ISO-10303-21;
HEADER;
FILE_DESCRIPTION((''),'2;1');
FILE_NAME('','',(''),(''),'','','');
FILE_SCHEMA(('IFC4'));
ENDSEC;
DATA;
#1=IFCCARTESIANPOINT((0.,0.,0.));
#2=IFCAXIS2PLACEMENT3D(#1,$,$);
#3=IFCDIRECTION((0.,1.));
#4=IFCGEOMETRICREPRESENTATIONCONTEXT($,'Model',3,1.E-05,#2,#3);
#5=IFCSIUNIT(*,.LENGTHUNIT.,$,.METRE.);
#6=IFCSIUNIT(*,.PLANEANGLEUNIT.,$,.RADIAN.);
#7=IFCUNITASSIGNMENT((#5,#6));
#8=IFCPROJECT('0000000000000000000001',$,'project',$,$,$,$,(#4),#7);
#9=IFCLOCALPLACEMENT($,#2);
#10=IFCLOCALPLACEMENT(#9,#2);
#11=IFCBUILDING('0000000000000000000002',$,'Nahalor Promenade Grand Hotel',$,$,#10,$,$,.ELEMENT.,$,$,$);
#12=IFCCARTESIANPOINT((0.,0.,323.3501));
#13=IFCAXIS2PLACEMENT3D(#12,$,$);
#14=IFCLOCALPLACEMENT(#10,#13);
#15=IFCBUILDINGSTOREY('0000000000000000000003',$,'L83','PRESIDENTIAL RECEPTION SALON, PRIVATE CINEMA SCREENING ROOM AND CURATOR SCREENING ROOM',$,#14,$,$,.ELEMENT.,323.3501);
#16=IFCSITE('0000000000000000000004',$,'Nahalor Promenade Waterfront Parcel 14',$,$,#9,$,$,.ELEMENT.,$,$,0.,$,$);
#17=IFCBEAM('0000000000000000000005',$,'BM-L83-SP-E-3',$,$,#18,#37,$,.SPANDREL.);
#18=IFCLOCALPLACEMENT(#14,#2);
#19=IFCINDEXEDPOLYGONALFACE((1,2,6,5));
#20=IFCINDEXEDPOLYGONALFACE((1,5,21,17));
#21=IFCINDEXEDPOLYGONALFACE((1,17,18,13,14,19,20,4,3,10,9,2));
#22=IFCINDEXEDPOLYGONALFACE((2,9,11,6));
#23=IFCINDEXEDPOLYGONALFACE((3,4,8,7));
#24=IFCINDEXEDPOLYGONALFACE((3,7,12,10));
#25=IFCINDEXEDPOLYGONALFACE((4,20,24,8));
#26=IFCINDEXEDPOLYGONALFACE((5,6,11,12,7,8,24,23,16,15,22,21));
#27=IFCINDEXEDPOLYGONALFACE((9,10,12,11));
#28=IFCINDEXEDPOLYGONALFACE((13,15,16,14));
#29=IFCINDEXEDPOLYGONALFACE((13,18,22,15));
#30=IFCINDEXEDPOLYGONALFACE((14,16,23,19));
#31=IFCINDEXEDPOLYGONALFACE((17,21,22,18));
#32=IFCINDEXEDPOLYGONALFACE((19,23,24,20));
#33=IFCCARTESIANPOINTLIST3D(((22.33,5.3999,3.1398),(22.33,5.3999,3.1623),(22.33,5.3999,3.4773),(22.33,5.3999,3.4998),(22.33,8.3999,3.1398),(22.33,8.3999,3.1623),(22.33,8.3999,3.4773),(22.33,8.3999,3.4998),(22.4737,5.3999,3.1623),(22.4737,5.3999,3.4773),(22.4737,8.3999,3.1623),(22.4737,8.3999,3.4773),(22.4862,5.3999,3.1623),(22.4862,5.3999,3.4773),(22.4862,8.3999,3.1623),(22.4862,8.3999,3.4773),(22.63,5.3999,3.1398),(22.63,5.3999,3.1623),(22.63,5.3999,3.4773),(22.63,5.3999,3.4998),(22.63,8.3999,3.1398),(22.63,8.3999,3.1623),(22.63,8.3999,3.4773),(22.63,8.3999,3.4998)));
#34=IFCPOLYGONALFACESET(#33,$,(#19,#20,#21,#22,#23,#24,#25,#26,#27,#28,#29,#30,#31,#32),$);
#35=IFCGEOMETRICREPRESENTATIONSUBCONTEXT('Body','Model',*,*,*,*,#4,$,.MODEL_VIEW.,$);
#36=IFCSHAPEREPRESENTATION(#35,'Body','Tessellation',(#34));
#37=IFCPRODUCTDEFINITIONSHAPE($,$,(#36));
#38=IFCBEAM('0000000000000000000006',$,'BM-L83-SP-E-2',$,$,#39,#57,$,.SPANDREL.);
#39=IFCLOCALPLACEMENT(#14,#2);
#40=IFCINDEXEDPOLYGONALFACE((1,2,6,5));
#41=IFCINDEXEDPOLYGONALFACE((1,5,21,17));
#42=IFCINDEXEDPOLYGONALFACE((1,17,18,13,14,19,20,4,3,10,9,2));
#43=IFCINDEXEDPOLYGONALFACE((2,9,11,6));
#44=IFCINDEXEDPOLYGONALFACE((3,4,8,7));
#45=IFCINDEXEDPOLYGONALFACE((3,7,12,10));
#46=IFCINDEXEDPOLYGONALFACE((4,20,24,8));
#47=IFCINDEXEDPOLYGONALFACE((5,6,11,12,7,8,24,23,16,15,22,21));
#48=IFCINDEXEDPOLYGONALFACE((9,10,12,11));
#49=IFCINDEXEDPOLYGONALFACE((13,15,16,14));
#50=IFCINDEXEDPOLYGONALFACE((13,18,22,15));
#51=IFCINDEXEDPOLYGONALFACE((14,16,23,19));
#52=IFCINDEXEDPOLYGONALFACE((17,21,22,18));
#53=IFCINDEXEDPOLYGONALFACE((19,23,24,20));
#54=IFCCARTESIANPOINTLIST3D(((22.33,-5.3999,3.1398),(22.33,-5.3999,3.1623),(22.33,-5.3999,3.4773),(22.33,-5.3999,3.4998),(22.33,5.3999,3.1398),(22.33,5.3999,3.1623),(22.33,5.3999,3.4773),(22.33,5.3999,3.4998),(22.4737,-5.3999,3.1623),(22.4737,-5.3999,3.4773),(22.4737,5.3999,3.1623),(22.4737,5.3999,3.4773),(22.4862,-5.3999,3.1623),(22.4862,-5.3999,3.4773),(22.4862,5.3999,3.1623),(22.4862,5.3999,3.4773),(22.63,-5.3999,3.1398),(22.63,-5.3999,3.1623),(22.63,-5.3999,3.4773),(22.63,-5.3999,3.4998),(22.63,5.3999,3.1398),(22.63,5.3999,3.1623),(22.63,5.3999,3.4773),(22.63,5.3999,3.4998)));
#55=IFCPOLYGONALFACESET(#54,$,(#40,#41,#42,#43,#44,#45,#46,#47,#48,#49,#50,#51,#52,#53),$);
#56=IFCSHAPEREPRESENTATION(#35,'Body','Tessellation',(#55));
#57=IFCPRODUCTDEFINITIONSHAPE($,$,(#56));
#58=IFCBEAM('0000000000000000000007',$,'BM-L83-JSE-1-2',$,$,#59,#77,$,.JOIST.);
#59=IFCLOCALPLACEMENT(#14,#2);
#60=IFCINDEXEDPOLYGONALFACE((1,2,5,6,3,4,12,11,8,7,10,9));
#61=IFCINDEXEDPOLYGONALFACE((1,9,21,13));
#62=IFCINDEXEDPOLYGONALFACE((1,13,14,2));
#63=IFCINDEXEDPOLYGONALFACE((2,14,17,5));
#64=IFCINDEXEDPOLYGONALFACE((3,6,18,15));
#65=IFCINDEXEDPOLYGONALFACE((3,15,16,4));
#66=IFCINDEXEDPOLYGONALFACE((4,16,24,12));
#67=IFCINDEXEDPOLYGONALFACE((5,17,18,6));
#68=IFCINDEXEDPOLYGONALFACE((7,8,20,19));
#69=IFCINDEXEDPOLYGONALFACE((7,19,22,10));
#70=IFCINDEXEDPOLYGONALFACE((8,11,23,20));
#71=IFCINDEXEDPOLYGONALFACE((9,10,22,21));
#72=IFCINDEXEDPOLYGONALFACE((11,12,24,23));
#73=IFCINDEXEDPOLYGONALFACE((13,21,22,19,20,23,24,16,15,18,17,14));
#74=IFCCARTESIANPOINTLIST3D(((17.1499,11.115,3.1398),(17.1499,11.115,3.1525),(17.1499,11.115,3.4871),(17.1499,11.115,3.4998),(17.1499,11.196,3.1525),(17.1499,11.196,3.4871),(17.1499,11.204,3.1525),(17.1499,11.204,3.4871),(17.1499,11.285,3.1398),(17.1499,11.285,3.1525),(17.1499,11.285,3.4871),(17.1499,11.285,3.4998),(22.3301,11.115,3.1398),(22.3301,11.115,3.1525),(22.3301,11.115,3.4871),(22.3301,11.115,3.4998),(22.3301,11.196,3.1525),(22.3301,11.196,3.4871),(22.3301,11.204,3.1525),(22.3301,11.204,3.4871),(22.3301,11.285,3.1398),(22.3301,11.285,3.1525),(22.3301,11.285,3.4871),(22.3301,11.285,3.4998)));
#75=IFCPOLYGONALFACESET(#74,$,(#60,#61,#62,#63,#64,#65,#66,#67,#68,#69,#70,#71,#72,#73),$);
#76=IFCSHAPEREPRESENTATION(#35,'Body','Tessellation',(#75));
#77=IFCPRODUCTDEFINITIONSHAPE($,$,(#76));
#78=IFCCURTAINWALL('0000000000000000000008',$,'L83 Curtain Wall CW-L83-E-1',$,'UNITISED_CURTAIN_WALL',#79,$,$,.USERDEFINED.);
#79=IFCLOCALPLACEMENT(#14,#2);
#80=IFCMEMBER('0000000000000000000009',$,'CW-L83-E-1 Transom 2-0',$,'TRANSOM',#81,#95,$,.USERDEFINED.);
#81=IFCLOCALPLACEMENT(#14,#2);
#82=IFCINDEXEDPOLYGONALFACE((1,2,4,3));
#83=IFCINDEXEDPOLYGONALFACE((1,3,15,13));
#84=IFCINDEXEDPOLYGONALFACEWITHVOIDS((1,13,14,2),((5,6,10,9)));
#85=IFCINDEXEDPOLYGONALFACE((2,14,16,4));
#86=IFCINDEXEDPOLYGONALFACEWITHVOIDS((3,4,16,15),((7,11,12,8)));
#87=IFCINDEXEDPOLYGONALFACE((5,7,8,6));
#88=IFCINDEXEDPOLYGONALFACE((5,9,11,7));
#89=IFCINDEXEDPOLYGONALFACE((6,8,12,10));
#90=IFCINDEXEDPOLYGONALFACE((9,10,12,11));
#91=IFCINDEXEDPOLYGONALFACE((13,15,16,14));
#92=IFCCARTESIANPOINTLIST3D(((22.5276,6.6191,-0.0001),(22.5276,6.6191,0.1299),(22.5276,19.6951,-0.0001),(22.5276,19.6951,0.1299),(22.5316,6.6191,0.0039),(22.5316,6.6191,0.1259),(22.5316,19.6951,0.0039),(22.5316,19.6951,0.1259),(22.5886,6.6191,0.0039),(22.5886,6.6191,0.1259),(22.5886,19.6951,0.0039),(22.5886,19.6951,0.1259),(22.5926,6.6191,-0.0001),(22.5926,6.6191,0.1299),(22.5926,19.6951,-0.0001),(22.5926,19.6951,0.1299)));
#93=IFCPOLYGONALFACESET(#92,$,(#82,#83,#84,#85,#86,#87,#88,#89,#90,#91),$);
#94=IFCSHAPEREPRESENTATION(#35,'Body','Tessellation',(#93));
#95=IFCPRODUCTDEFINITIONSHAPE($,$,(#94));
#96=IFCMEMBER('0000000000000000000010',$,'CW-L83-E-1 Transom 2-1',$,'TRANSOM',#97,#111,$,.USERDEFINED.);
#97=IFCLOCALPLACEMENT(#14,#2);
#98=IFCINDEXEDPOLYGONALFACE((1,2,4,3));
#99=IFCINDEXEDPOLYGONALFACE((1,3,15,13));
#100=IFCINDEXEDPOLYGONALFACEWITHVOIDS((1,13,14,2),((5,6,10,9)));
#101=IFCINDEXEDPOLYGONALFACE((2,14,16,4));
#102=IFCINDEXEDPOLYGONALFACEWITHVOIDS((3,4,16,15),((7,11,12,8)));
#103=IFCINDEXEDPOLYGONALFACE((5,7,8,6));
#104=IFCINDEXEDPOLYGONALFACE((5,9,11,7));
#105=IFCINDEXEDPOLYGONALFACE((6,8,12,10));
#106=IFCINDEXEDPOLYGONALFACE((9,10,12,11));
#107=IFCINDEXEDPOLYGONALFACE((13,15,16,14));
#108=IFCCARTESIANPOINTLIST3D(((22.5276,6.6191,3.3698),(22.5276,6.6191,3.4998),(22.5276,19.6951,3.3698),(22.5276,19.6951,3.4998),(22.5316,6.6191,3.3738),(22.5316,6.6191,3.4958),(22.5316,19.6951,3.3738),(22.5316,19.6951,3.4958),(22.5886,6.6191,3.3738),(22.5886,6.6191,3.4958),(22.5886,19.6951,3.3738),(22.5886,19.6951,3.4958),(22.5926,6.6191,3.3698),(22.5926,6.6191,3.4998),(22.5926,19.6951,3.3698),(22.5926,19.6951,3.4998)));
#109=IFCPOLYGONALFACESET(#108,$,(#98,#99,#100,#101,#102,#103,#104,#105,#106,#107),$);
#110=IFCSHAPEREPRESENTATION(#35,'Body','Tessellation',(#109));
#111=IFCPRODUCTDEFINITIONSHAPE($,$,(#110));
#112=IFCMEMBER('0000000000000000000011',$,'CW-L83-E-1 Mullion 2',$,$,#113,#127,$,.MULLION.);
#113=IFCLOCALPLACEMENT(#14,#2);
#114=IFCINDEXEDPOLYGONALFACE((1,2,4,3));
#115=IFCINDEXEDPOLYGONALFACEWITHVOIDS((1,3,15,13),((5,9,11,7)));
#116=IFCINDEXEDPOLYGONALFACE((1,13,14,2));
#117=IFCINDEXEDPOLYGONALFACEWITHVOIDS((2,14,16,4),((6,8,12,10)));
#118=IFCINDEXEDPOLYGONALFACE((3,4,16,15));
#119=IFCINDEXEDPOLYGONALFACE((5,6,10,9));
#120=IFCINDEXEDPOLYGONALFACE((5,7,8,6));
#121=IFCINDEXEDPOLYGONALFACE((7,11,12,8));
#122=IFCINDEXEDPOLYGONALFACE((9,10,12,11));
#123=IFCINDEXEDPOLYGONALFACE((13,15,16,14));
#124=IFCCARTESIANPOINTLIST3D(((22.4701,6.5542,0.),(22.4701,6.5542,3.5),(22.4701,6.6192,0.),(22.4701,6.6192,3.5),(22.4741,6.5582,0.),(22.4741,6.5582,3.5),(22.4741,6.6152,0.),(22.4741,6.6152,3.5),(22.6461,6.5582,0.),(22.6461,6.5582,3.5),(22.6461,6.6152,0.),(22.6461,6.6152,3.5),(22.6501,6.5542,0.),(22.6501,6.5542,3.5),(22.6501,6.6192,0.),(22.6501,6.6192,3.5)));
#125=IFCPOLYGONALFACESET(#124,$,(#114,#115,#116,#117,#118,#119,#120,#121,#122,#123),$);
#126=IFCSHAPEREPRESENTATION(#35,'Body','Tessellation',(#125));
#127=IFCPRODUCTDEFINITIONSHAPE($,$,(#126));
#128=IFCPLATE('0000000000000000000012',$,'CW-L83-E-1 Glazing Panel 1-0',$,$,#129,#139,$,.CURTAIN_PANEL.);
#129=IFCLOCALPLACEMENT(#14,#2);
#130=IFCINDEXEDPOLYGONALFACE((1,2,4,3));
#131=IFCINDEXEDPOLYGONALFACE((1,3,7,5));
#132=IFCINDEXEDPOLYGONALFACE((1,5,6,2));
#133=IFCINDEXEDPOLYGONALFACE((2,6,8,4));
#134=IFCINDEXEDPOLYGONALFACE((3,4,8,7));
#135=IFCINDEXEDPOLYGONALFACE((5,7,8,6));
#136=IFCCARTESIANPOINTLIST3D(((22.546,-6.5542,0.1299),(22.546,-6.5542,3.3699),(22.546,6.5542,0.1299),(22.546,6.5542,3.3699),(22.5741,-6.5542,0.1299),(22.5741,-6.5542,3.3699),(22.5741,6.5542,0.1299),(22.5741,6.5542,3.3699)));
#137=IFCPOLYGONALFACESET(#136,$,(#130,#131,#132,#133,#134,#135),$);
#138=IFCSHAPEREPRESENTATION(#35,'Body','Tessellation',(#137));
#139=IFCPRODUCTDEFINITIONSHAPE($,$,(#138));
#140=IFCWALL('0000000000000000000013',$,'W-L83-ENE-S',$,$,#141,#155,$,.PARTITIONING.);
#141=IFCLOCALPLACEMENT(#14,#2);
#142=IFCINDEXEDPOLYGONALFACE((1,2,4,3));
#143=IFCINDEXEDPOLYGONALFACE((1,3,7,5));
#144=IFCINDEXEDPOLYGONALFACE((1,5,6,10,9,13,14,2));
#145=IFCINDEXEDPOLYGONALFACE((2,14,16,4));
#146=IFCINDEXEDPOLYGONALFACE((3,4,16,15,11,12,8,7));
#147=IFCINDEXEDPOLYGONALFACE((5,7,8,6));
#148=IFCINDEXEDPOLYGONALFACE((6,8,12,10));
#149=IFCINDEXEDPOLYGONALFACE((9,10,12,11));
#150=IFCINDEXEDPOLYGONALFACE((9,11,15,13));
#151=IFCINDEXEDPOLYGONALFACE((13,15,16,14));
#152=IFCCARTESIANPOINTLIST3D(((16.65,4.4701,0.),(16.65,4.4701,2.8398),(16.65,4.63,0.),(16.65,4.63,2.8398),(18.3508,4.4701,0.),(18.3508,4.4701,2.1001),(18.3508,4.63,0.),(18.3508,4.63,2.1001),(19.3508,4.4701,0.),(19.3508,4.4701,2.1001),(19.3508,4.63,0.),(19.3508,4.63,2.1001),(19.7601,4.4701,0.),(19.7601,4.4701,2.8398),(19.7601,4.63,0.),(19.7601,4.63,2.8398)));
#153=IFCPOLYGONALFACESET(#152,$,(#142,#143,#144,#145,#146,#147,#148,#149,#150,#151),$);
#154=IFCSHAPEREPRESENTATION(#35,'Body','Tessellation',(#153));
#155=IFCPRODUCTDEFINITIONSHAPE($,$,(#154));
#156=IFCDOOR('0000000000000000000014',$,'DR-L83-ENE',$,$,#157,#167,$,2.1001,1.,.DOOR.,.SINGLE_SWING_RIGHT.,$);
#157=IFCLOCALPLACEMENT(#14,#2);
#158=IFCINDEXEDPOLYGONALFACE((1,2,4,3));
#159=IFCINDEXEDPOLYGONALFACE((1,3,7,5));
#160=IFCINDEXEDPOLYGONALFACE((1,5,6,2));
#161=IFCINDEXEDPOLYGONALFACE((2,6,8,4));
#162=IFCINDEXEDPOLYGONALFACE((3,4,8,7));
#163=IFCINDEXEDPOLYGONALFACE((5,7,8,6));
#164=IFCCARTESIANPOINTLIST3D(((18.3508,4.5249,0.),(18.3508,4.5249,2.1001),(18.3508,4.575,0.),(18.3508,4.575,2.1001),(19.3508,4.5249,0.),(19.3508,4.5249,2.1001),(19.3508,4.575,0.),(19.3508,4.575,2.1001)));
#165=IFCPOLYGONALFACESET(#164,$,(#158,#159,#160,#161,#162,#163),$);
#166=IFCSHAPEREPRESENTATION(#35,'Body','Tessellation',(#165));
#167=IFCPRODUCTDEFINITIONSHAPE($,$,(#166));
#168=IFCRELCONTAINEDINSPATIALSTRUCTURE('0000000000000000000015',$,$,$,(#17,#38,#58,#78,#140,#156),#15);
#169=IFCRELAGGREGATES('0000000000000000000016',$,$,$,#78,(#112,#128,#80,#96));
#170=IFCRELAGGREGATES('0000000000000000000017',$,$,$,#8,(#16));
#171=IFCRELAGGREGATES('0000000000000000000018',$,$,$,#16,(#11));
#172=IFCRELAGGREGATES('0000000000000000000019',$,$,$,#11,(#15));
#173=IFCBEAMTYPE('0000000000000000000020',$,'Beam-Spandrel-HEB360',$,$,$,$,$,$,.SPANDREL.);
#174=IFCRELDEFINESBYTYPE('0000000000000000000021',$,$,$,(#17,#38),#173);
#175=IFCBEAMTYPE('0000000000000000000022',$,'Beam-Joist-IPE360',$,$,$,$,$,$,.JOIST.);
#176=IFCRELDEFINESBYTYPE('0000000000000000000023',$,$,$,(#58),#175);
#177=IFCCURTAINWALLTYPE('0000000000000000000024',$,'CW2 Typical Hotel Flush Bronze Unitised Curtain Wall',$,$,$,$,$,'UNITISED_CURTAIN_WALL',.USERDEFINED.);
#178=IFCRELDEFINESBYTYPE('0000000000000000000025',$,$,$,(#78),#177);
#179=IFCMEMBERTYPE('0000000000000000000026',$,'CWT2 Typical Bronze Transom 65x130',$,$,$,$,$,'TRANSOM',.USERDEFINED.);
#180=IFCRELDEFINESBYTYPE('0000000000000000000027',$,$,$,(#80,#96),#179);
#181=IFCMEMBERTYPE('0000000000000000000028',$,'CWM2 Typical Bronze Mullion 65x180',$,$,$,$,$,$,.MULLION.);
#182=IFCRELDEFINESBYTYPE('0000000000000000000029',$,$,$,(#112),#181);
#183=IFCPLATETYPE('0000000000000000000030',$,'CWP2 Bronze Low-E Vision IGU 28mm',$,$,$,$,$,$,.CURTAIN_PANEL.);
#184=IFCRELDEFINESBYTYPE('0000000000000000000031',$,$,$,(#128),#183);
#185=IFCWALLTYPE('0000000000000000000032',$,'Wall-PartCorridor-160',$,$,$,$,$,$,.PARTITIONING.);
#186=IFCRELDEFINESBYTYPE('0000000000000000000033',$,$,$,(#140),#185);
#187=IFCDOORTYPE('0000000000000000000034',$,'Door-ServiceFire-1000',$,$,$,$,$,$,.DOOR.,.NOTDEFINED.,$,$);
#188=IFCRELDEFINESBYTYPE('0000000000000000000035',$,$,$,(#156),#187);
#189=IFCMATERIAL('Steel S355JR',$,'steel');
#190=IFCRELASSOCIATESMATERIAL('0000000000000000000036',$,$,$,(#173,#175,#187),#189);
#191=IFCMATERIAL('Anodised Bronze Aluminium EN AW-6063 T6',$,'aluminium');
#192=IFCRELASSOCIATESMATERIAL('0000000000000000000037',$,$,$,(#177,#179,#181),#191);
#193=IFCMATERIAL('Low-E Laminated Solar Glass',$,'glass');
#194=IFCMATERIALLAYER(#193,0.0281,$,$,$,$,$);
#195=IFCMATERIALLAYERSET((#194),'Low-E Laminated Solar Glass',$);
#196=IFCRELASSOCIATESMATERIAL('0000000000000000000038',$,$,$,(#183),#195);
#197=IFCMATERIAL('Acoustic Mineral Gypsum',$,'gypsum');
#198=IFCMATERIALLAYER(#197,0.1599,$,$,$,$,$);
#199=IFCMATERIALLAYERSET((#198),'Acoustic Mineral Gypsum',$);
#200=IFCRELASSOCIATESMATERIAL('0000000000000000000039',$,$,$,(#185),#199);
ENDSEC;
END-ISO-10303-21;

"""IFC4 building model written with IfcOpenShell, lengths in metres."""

from ifc_helpers import new_model, si_unit, direction, frame, frame_2d, origin, origin_2d, place, context, subcontext, project, spatial, rectangle, hollow_rectangle, i_section, extrude, source, transform, mapped, material, layer, layer_set, material_profile, profile_set, type_object, element, fill, aggregate, save


model = new_model("IFC4")

# Units and contexts
model_context = context("Model", 3, precision=1e-05, world=origin(), true_north=direction((0.0, 1.0)))
body_context = subcontext(model_context, "Body", "Model", "MODEL_VIEW")
ifc_project = project(units=[si_unit("LENGTHUNIT", "METRE"), si_unit("PLANEANGLEUNIT", "RADIAN")], contexts=[model_context])

# Site, building, storey
site_placement = place(None, origin())
site = spatial("IfcSite", under=ifc_project, at=site_placement, Name="Nahalor Promenade Waterfront Parcel 14", CompositionType="ELEMENT", RefElevation=0.0)
building_placement = place(site_placement, origin())
building = spatial("IfcBuilding", under=site, at=building_placement, Name="Nahalor Promenade Grand Hotel", CompositionType="ELEMENT")
storey_placement = place(building_placement, frame((0.0, 0.0, 323.3501)))
storey = spatial("IfcBuildingStorey", under=building, at=storey_placement, Name="L83", Description="PRESIDENTIAL RECEPTION SALON, PRIVATE CINEMA SCREENING ROOM AND CURATOR SCREENING ROOM", CompositionType="ELEMENT", Elevation=323.3501)

# Shared definitions
ifc_material_1 = material(Name="Steel S355JR", Category="steel")

# Beams
ifc_material_profile_1 = material_profile(ifc_material_1, i_section(OverallWidth=0.3, OverallDepth=0.36, WebThickness=0.0125, FlangeThickness=0.0225, at=origin_2d()), Name="HEB 360")
ifc_profile_set_1 = profile_set([ifc_material_profile_1], Name="Steel S355JR")
beam_type_1 = type_object("IfcBeamType", Name="Beam-Spandrel-HEB360", PredefinedType="SPANDREL", material=ifc_profile_set_1)
shared_shape_1 = source(origin(), body_context, "Body", "SweptSolid", [
    extrude(i_section(OverallWidth=0.3, OverallDepth=0.36, WebThickness=0.0125, FlangeThickness=0.0225, at=origin_2d()), origin(), (0.0, 0.0, 1.0), 3.0),
])
beam_1_placement = place(storey_placement, frame((22.48, 5.3999, 3.3198), z_axis=(0.0, 1.0, 0.0), x_axis=(-1.0, 0.0, 0.0)))
element("IfcBeam", 1, at=beam_1_placement, inside=storey, type_object=beam_type_1, Name="BM-L83-SP-E-3", PredefinedType="SPANDREL", context=body_context, shape_type="MappedRepresentation", body=[
    mapped(shared_shape_1, transform((0.0, 0.0, 0.0), scale=1.0)),
])
shared_shape_2 = source(origin(), body_context, "Body", "SweptSolid", [
    extrude(i_section(OverallWidth=0.3, OverallDepth=0.36, WebThickness=0.0125, FlangeThickness=0.0225, at=origin_2d()), origin(), (0.0, 0.0, 1.0), 10.7998),
])
beam_2_placement = place(storey_placement, frame((22.48, -5.3999, 3.3198), z_axis=(0.0, 1.0, 0.0), x_axis=(-1.0, 0.0, 0.0)))
element("IfcBeam", 2, at=beam_2_placement, inside=storey, type_object=beam_type_1, Name="BM-L83-SP-E-2", PredefinedType="SPANDREL", context=body_context, shape_type="MappedRepresentation", body=[
    mapped(shared_shape_2, transform((0.0, 0.0, 0.0), scale=1.0)),
])
ifc_material_profile_2 = material_profile(ifc_material_1, i_section(OverallWidth=0.17, OverallDepth=0.36, WebThickness=0.008, FlangeThickness=0.0127, at=origin_2d()), Name="IPE 360")
ifc_profile_set_2 = profile_set([ifc_material_profile_2], Name="Steel S355JR")
beam_type_2 = type_object("IfcBeamType", Name="Beam-Joist-IPE360", PredefinedType="JOIST", material=ifc_profile_set_2)
shared_shape_3 = source(origin(), body_context, "Body", "SweptSolid", [
    extrude(i_section(OverallWidth=0.17, OverallDepth=0.36, WebThickness=0.008, FlangeThickness=0.0127, at=origin_2d()), origin(), (0.0, 0.0, 1.0), 5.1802),
])
beam_3_placement = place(storey_placement, frame((17.1499, 11.2, 3.3198), z_axis=(1.0, 0.0, 0.0), x_axis=(0.0, 1.0, 0.0)))
element("IfcBeam", 3, at=beam_3_placement, inside=storey, type_object=beam_type_2, Name="BM-L83-JSE-1-2", PredefinedType="JOIST", context=body_context, shape_type="MappedRepresentation", body=[
    mapped(shared_shape_3, transform((0.0, 0.0, 0.0), scale=1.0)),
])

# Curtain wall, members, plate
ifc_material_2 = material(Name="Anodised Bronze Aluminium EN AW-6063 T6", Category="aluminium")
curtain_wall_type = type_object("IfcCurtainWallType", Name="CW2 Typical Hotel Flush Bronze Unitised Curtain Wall", ElementType="UNITISED_CURTAIN_WALL", PredefinedType="USERDEFINED", material=ifc_material_2)
curtain_wall_placement = place(storey_placement, origin())
curtain_wall = element("IfcCurtainWall", 4, at=curtain_wall_placement, inside=storey, type_object=curtain_wall_type, Name="L83 Curtain Wall CW-L83-E-1", ObjectType="UNITISED_CURTAIN_WALL", PredefinedType="USERDEFINED")
ifc_material_profile_3 = material_profile(ifc_material_2, hollow_rectangle(XDim=0.065, YDim=0.13, WallThickness=0.004, at=origin_2d()), Name="CWT 65x130x4")
ifc_profile_set_3 = profile_set([ifc_material_profile_3], Name="Anodised Bronze Aluminium EN AW-6063 T6")
member_type_1 = type_object("IfcMemberType", Name="CWT2 Typical Bronze Transom 65x130", ElementType="TRANSOM", PredefinedType="USERDEFINED", material=ifc_profile_set_3)
shared_shape_4 = source(origin(), body_context, "Body", "SweptSolid", [
    extrude(hollow_rectangle(XDim=0.065, YDim=0.13, WallThickness=0.004, at=origin_2d()), origin(), (0.0, 0.0, 1.0), 13.0759),
])
member_1_placement = place(storey_placement, frame((22.5601, 6.6191, 0.0649), z_axis=(0.0, 1.0, 0.0), x_axis=(-1.0, 0.0, 0.0)))
member_1 = element("IfcMember", 5, at=member_1_placement, type_object=member_type_1, Name="CW-L83-E-1 Transom 2-0", ObjectType="TRANSOM", PredefinedType="USERDEFINED", context=body_context, shape_type="MappedRepresentation", body=[
    mapped(shared_shape_4, transform((0.0, 0.0, 0.0), scale=1.0)),
])
member_2_placement = place(storey_placement, frame((22.5601, 6.6191, 3.4348), z_axis=(0.0, 1.0, 0.0), x_axis=(-1.0, 0.0, 0.0)))
member_2 = element("IfcMember", 6, at=member_2_placement, type_object=member_type_1, Name="CW-L83-E-1 Transom 2-1", ObjectType="TRANSOM", PredefinedType="USERDEFINED", context=body_context, shape_type="MappedRepresentation", body=[
    mapped(shared_shape_4, transform((0.0, 0.0, 0.0), scale=1.0)),
])
ifc_material_profile_4 = material_profile(ifc_material_2, hollow_rectangle(XDim=0.065, YDim=0.18, WallThickness=0.004, at=origin_2d()), Name="CWM 65x180x4")
ifc_profile_set_4 = profile_set([ifc_material_profile_4], Name="Anodised Bronze Aluminium EN AW-6063 T6")
member_type_2 = type_object("IfcMemberType", Name="CWM2 Typical Bronze Mullion 65x180", PredefinedType="MULLION", material=ifc_profile_set_4)
shared_shape_5 = source(origin(), body_context, "Body", "SweptSolid", [
    extrude(hollow_rectangle(XDim=0.065, YDim=0.18, WallThickness=0.004, at=origin_2d()), origin(), (0.0, 0.0, 1.0), 3.5),
])
member_3_placement = place(storey_placement, frame((22.5601, 6.5867, 0.0), z_axis=(0.0, 0.0, 1.0), x_axis=(0.0, 1.0, 0.0)))
member_3 = element("IfcMember", 7, at=member_3_placement, type_object=member_type_2, Name="CW-L83-E-1 Mullion 2", PredefinedType="MULLION", context=body_context, shape_type="MappedRepresentation", body=[
    mapped(shared_shape_5, transform((0.0, 0.0, 0.0), scale=1.0)),
])
ifc_material_3 = material(Name="Low-E Laminated Solar Glass", Category="glass")
ifc_layer_1 = layer(ifc_material_3, 0.0281)
ifc_layer_set_1 = layer_set([ifc_layer_1], Name="Low-E Laminated Solar Glass")
plate_type = type_object("IfcPlateType", Name="CWP2 Bronze Low-E Vision IGU 28mm", PredefinedType="CURTAIN_PANEL", material=ifc_layer_set_1)
shared_shape_6 = source(origin(), body_context, "Body", "SweptSolid", [
    extrude(rectangle(XDim=13.1084, YDim=0.0281, at=origin_2d()), origin(), (0.0, 0.0, 1.0), 3.24),
])
plate_placement = place(storey_placement, frame((22.5601, 0.0, 0.1299), z_axis=(0.0, 0.0, 1.0), x_axis=(0.0, 1.0, 0.0)))
plate = element("IfcPlate", 8, at=plate_placement, type_object=plate_type, Name="CW-L83-E-1 Glazing Panel 1-0", PredefinedType="CURTAIN_PANEL", context=body_context, shape_type="MappedRepresentation", body=[
    mapped(shared_shape_6, transform((0.0, 0.0, 0.0), scale=1.0)),
])
aggregate(curtain_wall, [member_3, plate, member_1, member_2])

# Wall, opening, door
ifc_material_4 = material(Name="Acoustic Mineral Gypsum", Category="gypsum")
ifc_layer_2 = layer(ifc_material_4, 0.1599)
ifc_layer_set_2 = layer_set([ifc_layer_2], Name="Acoustic Mineral Gypsum")
wall_type = type_object("IfcWallType", Name="Wall-PartCorridor-160", PredefinedType="PARTITIONING", material=ifc_layer_set_2)
shared_shape_7 = source(origin(), body_context, "Body", "SweptSolid", [
    extrude(rectangle(XDim=3.1101, YDim=0.1599, at=frame_2d((1.5552, 0.0))), origin(), (0.0, 0.0, 1.0), 2.8398),
])
wall_1_placement = place(storey_placement, frame((16.6499, 4.55, 0.0), z_axis=(0.0, 0.0, 1.0), x_axis=(1.0, 0.0, 0.0)))
wall_1 = element("IfcWall", 9, at=wall_1_placement, inside=storey, type_object=wall_type, Name="W-L83-ENE-S", PredefinedType="PARTITIONING", context=body_context, shape_type="MappedRepresentation", body=[
    mapped(shared_shape_7, transform((0.0, 0.0, 0.0), scale=1.0)),
])
opening_1_placement = place(wall_1_placement, frame((1.7009, 0.0, 0.0)))
opening_1 = element("IfcOpeningElement", 10, at=opening_1_placement, cuts=wall_1, PredefinedType="OPENING", context=body_context, shape_type="SweptSolid", body=[
    extrude(rectangle(XDim=1.0, YDim=2.1001, at=frame_2d((0.5, 1.05))), frame((0.0, 0.0898, 0.0), z_axis=(0.0, -1.0, 0.0), x_axis=(1.0, 0.0, 0.0)), (0.0, 0.0, 1.0), 0.1799),
])
door_type = type_object("IfcDoorType", Name="Door-ServiceFire-1000", OperationType="NOTDEFINED", PredefinedType="DOOR", material=ifc_material_1)
shared_shape_8 = source(origin(), body_context, "Body", "SweptSolid", [
    extrude(rectangle(XDim=1.0, YDim=2.1001, at=frame_2d((0.5, 1.05))), frame((0.0, 0.0249, 0.0), z_axis=(0.0, -1.0, 0.0), x_axis=(1.0, 0.0, 0.0)), (0.0, 0.0, 1.0), 0.05),
])
door_1_placement = place(opening_1_placement, origin())
door_1 = element("IfcDoor", 11, at=door_1_placement, inside=storey, type_object=door_type, Name="DR-L83-ENE", OperationType="SINGLE_SWING_RIGHT", OverallHeight=2.1001, OverallWidth=1.0, PredefinedType="DOOR", context=body_context, shape_type="MappedRepresentation", body=[
    mapped(shared_shape_8, transform((0.0, 0.0, 0.0), scale=1.0)),
])
fill(opening_1, door_1)

save(model, "model.ifc")
